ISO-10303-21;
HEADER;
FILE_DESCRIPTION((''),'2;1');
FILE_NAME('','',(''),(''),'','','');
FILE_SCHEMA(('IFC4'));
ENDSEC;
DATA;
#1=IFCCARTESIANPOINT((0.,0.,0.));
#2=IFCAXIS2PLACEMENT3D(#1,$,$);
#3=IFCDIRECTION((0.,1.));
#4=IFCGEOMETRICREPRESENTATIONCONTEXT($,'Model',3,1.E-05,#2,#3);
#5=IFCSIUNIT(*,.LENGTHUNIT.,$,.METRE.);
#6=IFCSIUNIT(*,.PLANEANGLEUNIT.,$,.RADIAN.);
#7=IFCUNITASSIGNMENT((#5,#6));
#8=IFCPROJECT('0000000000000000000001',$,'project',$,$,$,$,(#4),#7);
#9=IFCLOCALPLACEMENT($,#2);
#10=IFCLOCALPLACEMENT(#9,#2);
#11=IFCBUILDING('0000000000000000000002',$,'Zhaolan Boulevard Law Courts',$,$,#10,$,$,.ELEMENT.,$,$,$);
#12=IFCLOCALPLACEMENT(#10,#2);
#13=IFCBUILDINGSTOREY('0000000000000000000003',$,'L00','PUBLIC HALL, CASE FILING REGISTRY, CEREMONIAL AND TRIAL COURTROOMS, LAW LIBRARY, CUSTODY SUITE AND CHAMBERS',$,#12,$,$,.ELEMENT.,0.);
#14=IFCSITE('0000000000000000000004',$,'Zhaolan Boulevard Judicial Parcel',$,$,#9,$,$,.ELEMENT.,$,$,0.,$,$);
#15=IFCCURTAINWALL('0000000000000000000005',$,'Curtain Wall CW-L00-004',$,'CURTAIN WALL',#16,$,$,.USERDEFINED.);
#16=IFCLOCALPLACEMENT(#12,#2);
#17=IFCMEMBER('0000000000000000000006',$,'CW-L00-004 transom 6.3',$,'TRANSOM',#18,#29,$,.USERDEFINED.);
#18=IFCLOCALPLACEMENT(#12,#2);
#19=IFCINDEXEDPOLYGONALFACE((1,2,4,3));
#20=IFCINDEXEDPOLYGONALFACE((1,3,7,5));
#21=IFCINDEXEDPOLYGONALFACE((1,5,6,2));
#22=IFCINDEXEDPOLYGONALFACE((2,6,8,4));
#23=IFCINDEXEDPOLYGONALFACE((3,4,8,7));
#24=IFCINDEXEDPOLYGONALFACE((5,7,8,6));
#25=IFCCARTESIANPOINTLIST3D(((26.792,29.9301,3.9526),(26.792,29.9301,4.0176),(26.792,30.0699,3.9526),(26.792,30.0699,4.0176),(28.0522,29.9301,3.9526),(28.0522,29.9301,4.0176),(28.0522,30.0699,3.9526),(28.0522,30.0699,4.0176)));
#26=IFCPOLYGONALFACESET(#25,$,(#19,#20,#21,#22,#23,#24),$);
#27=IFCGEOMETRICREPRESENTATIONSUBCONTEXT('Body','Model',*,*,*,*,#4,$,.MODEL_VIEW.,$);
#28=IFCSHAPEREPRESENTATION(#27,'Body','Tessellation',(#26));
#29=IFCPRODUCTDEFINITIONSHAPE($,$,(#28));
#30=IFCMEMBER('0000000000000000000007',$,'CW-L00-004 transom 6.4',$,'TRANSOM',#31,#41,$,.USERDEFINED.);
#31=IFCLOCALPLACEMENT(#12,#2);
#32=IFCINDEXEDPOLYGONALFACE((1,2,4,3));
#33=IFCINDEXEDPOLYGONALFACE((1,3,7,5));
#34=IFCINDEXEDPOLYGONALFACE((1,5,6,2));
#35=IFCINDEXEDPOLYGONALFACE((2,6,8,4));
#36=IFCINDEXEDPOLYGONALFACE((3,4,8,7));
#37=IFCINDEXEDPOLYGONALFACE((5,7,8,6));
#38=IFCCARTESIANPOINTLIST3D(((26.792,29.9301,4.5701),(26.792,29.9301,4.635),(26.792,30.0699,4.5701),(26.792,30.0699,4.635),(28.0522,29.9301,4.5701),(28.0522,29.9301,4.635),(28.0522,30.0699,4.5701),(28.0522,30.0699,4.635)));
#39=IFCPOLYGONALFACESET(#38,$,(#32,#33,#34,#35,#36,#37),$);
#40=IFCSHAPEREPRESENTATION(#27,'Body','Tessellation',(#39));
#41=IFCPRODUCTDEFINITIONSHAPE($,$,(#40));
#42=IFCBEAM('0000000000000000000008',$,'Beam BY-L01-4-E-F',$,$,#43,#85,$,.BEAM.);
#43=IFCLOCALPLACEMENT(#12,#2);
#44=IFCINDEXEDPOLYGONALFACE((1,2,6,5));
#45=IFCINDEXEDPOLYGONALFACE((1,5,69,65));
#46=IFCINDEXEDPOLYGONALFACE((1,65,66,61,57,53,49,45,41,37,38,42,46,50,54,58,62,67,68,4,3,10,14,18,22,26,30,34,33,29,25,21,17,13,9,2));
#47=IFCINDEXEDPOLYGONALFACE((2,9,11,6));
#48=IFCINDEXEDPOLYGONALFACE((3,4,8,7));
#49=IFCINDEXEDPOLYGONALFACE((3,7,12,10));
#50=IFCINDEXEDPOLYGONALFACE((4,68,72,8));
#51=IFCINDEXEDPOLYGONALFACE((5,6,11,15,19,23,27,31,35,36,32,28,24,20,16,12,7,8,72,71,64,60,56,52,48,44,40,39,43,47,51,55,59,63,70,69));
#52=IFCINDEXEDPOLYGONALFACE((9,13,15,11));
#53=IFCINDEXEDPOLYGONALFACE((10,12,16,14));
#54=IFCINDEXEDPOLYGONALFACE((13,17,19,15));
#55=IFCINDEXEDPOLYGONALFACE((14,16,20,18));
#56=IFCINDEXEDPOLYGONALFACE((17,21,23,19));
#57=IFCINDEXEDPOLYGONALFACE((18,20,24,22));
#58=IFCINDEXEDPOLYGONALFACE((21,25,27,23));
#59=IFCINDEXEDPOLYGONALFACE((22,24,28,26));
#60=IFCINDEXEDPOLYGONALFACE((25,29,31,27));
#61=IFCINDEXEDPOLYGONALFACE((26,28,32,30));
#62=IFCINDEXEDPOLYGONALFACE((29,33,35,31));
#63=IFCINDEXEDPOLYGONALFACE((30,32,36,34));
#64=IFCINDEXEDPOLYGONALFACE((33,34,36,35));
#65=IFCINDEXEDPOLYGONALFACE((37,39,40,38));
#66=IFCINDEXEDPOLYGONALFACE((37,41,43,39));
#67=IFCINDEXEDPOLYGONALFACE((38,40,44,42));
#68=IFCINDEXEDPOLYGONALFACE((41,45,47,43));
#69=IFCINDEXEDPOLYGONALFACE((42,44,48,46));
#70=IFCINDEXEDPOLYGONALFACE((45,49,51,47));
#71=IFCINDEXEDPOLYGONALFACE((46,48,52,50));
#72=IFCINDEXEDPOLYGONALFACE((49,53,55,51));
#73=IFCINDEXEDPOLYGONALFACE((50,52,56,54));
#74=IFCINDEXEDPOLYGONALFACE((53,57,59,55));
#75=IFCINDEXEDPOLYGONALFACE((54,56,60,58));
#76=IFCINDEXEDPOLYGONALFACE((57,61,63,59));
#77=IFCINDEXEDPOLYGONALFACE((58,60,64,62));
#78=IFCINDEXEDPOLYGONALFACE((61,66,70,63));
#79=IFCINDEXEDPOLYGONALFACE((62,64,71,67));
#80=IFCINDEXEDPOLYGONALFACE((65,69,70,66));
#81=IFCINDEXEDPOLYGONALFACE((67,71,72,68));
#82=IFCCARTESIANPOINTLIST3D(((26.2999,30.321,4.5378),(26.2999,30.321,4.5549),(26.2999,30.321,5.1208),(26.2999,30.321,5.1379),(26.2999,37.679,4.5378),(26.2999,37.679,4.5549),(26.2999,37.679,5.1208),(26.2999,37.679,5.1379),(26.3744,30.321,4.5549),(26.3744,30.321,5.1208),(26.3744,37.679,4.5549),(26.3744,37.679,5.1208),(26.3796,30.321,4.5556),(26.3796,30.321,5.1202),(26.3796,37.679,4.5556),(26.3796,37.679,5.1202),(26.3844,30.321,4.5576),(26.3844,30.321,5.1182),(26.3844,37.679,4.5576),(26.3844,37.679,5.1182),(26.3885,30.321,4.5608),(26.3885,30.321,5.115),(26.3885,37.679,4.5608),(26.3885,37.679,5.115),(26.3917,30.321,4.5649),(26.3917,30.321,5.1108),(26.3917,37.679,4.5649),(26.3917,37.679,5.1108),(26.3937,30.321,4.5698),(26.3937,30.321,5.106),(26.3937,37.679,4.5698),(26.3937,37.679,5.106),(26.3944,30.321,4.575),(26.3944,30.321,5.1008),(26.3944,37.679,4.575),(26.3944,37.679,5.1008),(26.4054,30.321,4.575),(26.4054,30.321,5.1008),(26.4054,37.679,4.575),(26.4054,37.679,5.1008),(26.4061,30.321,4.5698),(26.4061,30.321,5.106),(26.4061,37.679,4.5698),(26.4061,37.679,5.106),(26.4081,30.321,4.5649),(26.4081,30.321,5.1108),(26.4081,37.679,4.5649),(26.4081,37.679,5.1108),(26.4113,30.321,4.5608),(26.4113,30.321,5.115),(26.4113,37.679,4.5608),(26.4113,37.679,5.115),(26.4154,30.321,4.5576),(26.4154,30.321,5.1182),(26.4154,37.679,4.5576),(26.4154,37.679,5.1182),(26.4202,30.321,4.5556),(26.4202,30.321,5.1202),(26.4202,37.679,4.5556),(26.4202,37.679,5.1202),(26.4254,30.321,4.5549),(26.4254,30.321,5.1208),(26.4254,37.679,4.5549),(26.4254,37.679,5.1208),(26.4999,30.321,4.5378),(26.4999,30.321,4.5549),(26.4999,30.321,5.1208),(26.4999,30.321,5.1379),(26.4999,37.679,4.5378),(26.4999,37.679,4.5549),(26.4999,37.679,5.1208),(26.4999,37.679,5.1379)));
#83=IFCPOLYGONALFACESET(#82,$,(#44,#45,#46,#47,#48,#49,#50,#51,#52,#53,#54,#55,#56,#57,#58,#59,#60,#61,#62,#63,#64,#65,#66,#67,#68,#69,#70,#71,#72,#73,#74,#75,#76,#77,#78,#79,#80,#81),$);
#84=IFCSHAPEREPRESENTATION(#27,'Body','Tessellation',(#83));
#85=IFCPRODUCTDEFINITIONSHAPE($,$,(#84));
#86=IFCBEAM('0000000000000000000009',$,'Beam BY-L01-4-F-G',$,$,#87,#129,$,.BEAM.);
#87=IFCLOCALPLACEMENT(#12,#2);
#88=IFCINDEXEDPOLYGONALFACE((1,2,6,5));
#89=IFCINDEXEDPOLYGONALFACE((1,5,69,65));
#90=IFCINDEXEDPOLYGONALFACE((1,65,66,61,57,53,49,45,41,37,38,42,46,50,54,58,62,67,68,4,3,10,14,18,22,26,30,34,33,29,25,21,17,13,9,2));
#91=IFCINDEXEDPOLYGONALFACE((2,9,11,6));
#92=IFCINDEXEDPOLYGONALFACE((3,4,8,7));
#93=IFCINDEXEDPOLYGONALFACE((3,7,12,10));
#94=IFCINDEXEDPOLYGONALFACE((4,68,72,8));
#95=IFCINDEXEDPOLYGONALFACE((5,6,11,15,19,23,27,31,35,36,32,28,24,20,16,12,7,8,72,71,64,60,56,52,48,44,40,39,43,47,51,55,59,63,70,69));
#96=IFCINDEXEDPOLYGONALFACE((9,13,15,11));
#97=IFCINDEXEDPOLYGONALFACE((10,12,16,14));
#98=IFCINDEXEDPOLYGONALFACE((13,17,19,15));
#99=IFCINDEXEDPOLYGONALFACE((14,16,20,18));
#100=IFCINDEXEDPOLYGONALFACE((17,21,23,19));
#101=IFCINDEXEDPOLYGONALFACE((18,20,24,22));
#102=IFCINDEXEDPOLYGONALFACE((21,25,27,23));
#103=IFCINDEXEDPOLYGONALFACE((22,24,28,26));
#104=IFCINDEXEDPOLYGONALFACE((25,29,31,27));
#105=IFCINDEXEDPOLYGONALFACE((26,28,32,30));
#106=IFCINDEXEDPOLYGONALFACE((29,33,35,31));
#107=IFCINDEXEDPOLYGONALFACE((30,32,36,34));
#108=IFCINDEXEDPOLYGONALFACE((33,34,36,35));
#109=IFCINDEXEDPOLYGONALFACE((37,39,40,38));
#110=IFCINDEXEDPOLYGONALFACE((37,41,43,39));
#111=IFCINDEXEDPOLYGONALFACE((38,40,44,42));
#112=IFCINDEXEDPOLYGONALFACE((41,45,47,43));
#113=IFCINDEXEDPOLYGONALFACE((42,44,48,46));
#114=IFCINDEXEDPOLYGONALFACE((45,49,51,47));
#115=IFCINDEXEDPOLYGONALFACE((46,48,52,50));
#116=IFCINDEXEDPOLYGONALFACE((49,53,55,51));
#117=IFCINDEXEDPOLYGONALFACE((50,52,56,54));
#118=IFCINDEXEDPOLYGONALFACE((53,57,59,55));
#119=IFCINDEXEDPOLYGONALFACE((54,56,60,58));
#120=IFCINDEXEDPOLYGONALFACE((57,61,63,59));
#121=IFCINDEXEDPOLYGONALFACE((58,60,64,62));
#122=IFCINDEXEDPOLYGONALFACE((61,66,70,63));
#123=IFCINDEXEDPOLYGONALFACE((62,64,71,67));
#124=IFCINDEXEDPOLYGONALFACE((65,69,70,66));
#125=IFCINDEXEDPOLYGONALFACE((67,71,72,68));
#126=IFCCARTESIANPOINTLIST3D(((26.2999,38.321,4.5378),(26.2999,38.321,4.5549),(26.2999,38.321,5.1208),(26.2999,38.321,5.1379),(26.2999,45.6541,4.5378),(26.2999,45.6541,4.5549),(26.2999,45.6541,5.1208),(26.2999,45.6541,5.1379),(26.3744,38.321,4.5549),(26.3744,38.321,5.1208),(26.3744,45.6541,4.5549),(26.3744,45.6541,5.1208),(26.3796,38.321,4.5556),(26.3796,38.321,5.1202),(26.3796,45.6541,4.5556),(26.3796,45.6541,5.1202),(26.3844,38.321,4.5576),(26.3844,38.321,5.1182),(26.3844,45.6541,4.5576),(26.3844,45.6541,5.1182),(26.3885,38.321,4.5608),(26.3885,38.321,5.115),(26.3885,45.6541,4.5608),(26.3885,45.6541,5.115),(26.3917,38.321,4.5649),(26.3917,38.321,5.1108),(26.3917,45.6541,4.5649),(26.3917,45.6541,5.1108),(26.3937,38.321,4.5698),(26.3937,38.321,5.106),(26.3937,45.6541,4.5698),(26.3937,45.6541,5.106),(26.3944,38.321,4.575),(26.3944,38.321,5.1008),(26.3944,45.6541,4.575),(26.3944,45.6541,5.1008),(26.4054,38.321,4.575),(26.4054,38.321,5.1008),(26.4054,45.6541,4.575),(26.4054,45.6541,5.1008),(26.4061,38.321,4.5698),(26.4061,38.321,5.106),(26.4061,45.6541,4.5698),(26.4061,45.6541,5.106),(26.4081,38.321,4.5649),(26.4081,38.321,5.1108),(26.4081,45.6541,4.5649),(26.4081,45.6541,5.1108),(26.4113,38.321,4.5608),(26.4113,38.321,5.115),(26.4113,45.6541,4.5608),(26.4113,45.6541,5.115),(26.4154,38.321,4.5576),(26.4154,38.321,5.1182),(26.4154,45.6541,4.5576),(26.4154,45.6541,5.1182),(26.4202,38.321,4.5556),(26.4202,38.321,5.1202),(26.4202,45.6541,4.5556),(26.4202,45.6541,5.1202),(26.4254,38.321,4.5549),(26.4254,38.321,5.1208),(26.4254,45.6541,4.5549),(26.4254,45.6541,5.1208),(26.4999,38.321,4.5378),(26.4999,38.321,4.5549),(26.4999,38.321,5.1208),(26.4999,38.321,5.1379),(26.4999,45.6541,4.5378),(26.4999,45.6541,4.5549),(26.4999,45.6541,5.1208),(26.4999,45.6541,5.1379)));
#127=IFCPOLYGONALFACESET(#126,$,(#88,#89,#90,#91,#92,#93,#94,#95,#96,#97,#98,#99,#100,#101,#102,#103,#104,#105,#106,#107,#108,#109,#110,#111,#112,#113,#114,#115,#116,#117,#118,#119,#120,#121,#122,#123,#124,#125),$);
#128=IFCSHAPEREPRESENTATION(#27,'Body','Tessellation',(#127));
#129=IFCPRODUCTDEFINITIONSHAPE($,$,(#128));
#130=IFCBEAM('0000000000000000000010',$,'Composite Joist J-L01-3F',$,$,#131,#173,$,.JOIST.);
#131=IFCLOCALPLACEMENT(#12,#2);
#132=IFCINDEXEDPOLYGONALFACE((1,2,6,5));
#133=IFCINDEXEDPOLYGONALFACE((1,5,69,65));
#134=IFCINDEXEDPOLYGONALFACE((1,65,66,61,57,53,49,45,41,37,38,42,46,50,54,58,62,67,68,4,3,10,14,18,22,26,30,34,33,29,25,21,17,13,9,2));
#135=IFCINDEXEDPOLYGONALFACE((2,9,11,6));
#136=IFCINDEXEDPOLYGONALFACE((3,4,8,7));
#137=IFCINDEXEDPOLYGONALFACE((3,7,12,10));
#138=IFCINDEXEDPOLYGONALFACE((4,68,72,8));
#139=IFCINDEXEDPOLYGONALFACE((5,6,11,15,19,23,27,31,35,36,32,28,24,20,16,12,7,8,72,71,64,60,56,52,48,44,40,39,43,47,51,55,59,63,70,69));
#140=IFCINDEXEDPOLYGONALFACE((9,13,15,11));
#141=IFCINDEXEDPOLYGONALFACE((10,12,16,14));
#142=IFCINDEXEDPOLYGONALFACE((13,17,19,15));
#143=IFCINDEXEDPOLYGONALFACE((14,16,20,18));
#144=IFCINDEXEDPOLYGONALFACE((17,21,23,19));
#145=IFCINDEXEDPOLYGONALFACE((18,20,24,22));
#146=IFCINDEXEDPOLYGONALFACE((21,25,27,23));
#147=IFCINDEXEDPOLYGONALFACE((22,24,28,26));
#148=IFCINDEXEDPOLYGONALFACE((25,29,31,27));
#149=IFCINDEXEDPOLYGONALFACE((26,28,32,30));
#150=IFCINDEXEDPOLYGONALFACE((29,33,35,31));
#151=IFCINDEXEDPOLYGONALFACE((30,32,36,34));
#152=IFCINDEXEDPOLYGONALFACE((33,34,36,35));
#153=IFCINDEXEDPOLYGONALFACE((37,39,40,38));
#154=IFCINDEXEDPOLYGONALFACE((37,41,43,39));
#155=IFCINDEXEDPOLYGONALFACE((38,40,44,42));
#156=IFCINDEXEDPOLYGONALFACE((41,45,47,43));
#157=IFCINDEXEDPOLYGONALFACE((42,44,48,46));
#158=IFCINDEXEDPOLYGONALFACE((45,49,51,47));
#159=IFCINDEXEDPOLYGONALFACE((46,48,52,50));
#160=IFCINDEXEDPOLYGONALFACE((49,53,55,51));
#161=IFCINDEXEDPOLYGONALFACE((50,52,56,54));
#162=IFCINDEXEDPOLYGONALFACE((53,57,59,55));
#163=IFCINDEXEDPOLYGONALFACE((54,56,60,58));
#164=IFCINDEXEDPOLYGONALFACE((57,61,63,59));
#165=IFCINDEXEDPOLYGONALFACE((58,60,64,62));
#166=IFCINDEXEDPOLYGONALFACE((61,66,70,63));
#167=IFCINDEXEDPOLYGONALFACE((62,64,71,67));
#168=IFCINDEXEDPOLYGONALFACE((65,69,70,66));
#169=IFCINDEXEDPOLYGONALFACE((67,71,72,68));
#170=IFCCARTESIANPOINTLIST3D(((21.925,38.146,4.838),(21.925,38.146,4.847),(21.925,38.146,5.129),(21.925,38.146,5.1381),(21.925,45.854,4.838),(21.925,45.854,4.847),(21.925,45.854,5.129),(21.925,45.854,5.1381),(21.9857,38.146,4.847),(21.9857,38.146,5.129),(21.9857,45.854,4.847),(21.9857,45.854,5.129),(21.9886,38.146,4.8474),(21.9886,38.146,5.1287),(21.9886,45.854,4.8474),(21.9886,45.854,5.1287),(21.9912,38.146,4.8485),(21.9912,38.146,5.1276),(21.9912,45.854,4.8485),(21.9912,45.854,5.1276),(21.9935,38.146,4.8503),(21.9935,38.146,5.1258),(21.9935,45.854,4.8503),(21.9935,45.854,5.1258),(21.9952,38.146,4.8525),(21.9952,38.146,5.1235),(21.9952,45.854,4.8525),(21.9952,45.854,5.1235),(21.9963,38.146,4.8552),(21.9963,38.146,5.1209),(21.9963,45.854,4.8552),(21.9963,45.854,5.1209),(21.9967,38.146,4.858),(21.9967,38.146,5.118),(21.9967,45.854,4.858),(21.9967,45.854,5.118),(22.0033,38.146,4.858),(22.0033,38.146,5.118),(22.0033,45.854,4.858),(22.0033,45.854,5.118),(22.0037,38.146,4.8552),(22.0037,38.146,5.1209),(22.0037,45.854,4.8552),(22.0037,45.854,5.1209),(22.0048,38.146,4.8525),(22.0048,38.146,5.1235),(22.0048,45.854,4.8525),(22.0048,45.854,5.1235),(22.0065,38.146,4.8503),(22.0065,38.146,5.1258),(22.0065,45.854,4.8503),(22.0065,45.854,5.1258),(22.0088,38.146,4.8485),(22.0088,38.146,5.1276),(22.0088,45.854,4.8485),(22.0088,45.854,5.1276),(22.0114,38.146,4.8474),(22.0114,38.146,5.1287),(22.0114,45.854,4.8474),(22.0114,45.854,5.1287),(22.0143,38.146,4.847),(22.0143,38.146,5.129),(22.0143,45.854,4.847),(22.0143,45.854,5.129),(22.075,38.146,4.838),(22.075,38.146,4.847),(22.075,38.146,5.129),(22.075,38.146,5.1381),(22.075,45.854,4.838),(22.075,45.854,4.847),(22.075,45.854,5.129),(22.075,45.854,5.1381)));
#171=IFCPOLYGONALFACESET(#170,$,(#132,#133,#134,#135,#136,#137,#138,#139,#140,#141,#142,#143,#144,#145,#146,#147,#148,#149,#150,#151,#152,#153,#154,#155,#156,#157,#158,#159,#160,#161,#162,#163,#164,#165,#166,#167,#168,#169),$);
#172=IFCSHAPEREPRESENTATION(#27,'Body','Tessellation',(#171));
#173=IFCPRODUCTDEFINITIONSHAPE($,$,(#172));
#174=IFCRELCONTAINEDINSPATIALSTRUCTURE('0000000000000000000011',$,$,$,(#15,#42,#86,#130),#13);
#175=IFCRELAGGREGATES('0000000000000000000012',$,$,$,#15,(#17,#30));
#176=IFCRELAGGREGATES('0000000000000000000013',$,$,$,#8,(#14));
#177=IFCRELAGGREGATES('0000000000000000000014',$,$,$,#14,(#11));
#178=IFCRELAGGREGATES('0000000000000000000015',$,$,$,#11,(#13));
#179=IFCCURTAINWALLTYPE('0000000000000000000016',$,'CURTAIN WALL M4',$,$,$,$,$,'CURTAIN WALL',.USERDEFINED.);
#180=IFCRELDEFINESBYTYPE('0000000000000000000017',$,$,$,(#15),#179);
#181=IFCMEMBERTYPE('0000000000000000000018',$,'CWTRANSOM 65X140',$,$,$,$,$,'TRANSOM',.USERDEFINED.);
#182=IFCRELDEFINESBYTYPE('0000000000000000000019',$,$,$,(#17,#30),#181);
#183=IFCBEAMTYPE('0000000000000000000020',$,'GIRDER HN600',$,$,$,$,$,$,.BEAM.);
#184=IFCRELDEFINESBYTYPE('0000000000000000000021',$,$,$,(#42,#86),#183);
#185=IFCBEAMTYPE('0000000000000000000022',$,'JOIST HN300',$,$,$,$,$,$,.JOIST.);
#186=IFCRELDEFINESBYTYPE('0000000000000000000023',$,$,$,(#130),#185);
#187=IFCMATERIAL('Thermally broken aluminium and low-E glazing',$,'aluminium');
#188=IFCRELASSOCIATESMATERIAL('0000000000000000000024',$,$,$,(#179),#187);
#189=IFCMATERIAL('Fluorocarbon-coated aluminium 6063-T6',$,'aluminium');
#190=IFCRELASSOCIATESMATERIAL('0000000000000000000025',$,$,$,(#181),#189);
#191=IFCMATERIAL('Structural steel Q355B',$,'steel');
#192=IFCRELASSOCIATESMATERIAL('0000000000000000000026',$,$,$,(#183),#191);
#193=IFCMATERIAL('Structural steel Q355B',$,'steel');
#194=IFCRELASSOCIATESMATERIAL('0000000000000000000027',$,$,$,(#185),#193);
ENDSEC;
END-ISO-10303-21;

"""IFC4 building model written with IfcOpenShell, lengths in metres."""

from ifc_helpers import new_model, si_unit, direction, frame, origin, origin_2d, place, context, subcontext, project, spatial, rectangle, i_section, extrude, material, material_profile, profile_set, type_object, element, aggregate, save


model = new_model("IFC4")

# Units and contexts
model_context = context("Model", 3, precision=1e-05, world=origin(), true_north=direction((0.0, 1.0)))
body_context = subcontext(model_context, "Body", "Model", "MODEL_VIEW")
ifc_project = project(units=[si_unit("LENGTHUNIT", "METRE"), si_unit("PLANEANGLEUNIT", "RADIAN")], contexts=[model_context])

# Site, building, storey
site_placement = place(None, origin())
site = spatial("IfcSite", under=ifc_project, at=site_placement, Name="Zhaolan Boulevard Judicial Parcel", CompositionType="ELEMENT", RefElevation=0.0)
building_placement = place(site_placement, origin())
building = spatial("IfcBuilding", under=site, at=building_placement, Name="Zhaolan Boulevard Law Courts", CompositionType="ELEMENT")
storey_placement = place(building_placement, origin())
storey = spatial("IfcBuildingStorey", under=building, at=storey_placement, Name="L00", Description="PUBLIC HALL, CASE FILING REGISTRY, CEREMONIAL AND TRIAL COURTROOMS, LAW LIBRARY, CUSTODY SUITE AND CHAMBERS", CompositionType="ELEMENT", Elevation=0.0)

# Curtain wall, members
ifc_material_1 = material(Name="Thermally broken aluminium and low-E glazing", Category="aluminium")
curtain_wall_type = type_object("IfcCurtainWallType", Name="CURTAIN WALL M4", ElementType="CURTAIN WALL", PredefinedType="USERDEFINED", material=ifc_material_1)
curtain_wall_placement = place(storey_placement, origin())
curtain_wall = element("IfcCurtainWall", 1, at=curtain_wall_placement, inside=storey, type_object=curtain_wall_type, Name="Curtain Wall CW-L00-004", ObjectType="CURTAIN WALL", PredefinedType="USERDEFINED")
ifc_material_2 = material(Name="Fluorocarbon-coated aluminium 6063-T6", Category="aluminium")
ifc_material_profile_1 = material_profile(ifc_material_2, rectangle(XDim=0.1399, YDim=0.0649, at=origin_2d()), Name="AL65x140")
ifc_profile_set_1 = profile_set([ifc_material_profile_1], Name="Fluorocarbon-coated aluminium 6063-T6")
member_type_1 = type_object("IfcMemberType", Name="CWTRANSOM 65X140", ElementType="TRANSOM", PredefinedType="USERDEFINED", material=ifc_profile_set_1)
member_1_placement = place(storey_placement, frame((28.0522, 30.0, 3.9851), z_axis=(-1.0, 0.0, 0.0), x_axis=(0.0, -1.0, 0.0)))
member_1 = element("IfcMember", 2, at=member_1_placement, type_object=member_type_1, Name="CW-L00-004 transom 6.3", ObjectType="TRANSOM", PredefinedType="USERDEFINED", context=body_context, shape_type="SweptSolid", body=[
    extrude(rectangle(XDim=0.1399, YDim=0.0649, at=origin_2d()), origin(), (0.0, 0.0, 1.0), 1.2603),
])
member_2_placement = place(storey_placement, frame((28.0522, 30.0, 4.6025), z_axis=(-1.0, 0.0, 0.0), x_axis=(0.0, -1.0, 0.0)))
member_2 = element("IfcMember", 3, at=member_2_placement, type_object=member_type_1, Name="CW-L00-004 transom 6.4", ObjectType="TRANSOM", PredefinedType="USERDEFINED", context=body_context, shape_type="SweptSolid", body=[
    extrude(rectangle(XDim=0.1399, YDim=0.0649, at=origin_2d()), origin(), (0.0, 0.0, 1.0), 1.2603),
])

# Beams
ifc_material_3 = material(Name="Structural steel Q355B", Category="steel")
ifc_material_profile_2 = material_profile(ifc_material_3, i_section(OverallWidth=0.2, OverallDepth=0.6001, WebThickness=0.011, FlangeThickness=0.0171, FilletRadius=0.02, at=origin_2d()), Name="HN600x200")
ifc_profile_set_2 = profile_set([ifc_material_profile_2], Name="Structural steel Q355B")
beam_type_1 = type_object("IfcBeamType", Name="GIRDER HN600", PredefinedType="BEAM", material=ifc_profile_set_2)
beam_1_placement = place(storey_placement, frame((26.3999, 30.321, 4.8379), z_axis=(0.0, 1.0, 0.0), x_axis=(-1.0, 0.0, 0.0)))
element("IfcBeam", 4, at=beam_1_placement, inside=storey, type_object=beam_type_1, Name="Beam BY-L01-4-E-F", PredefinedType="BEAM", context=body_context, shape_type="SweptSolid", body=[
    extrude(i_section(OverallWidth=0.2, OverallDepth=0.6001, WebThickness=0.011, FlangeThickness=0.0171, FilletRadius=0.02, at=origin_2d()), origin(), (0.0, 0.0, 1.0), 7.3579),
])
beam_2_placement = place(storey_placement, frame((26.3999, 38.321, 4.8379), z_axis=(0.0, 1.0, 0.0), x_axis=(-1.0, 0.0, 0.0)))
element("IfcBeam", 5, at=beam_2_placement, inside=storey, type_object=beam_type_1, Name="Beam BY-L01-4-F-G", PredefinedType="BEAM", context=body_context, shape_type="SweptSolid", body=[
    extrude(i_section(OverallWidth=0.2, OverallDepth=0.6001, WebThickness=0.011, FlangeThickness=0.0171, FilletRadius=0.02, at=origin_2d()), origin(), (0.0, 0.0, 1.0), 7.333),
])
ifc_material_4 = material(Name="Structural steel Q355B", Category="steel")
ifc_material_profile_3 = material_profile(ifc_material_4, i_section(OverallWidth=0.1499, OverallDepth=0.3, WebThickness=0.0066, FlangeThickness=0.009, FilletRadius=0.011, at=origin_2d()), Name="HN300x150")
ifc_profile_set_3 = profile_set([ifc_material_profile_3], Name="Structural steel Q355B")
beam_type_2 = type_object("IfcBeamType", Name="JOIST HN300", PredefinedType="JOIST", material=ifc_profile_set_3)
beam_3_placement = place(storey_placement, frame((22.0, 38.146, 4.988), z_axis=(0.0, 1.0, 0.0), x_axis=(-1.0, 0.0, 0.0)))
element("IfcBeam", 6, at=beam_3_placement, inside=storey, type_object=beam_type_2, Name="Composite Joist J-L01-3F", PredefinedType="JOIST", context=body_context, shape_type="SweptSolid", body=[
    extrude(i_section(OverallWidth=0.1499, OverallDepth=0.3, WebThickness=0.0066, FlangeThickness=0.009, FilletRadius=0.011, at=origin_2d()), origin(), (0.0, 0.0, 1.0), 7.708),
])

aggregate(curtain_wall, [member_1, member_2])

save(model, "model.ifc")
